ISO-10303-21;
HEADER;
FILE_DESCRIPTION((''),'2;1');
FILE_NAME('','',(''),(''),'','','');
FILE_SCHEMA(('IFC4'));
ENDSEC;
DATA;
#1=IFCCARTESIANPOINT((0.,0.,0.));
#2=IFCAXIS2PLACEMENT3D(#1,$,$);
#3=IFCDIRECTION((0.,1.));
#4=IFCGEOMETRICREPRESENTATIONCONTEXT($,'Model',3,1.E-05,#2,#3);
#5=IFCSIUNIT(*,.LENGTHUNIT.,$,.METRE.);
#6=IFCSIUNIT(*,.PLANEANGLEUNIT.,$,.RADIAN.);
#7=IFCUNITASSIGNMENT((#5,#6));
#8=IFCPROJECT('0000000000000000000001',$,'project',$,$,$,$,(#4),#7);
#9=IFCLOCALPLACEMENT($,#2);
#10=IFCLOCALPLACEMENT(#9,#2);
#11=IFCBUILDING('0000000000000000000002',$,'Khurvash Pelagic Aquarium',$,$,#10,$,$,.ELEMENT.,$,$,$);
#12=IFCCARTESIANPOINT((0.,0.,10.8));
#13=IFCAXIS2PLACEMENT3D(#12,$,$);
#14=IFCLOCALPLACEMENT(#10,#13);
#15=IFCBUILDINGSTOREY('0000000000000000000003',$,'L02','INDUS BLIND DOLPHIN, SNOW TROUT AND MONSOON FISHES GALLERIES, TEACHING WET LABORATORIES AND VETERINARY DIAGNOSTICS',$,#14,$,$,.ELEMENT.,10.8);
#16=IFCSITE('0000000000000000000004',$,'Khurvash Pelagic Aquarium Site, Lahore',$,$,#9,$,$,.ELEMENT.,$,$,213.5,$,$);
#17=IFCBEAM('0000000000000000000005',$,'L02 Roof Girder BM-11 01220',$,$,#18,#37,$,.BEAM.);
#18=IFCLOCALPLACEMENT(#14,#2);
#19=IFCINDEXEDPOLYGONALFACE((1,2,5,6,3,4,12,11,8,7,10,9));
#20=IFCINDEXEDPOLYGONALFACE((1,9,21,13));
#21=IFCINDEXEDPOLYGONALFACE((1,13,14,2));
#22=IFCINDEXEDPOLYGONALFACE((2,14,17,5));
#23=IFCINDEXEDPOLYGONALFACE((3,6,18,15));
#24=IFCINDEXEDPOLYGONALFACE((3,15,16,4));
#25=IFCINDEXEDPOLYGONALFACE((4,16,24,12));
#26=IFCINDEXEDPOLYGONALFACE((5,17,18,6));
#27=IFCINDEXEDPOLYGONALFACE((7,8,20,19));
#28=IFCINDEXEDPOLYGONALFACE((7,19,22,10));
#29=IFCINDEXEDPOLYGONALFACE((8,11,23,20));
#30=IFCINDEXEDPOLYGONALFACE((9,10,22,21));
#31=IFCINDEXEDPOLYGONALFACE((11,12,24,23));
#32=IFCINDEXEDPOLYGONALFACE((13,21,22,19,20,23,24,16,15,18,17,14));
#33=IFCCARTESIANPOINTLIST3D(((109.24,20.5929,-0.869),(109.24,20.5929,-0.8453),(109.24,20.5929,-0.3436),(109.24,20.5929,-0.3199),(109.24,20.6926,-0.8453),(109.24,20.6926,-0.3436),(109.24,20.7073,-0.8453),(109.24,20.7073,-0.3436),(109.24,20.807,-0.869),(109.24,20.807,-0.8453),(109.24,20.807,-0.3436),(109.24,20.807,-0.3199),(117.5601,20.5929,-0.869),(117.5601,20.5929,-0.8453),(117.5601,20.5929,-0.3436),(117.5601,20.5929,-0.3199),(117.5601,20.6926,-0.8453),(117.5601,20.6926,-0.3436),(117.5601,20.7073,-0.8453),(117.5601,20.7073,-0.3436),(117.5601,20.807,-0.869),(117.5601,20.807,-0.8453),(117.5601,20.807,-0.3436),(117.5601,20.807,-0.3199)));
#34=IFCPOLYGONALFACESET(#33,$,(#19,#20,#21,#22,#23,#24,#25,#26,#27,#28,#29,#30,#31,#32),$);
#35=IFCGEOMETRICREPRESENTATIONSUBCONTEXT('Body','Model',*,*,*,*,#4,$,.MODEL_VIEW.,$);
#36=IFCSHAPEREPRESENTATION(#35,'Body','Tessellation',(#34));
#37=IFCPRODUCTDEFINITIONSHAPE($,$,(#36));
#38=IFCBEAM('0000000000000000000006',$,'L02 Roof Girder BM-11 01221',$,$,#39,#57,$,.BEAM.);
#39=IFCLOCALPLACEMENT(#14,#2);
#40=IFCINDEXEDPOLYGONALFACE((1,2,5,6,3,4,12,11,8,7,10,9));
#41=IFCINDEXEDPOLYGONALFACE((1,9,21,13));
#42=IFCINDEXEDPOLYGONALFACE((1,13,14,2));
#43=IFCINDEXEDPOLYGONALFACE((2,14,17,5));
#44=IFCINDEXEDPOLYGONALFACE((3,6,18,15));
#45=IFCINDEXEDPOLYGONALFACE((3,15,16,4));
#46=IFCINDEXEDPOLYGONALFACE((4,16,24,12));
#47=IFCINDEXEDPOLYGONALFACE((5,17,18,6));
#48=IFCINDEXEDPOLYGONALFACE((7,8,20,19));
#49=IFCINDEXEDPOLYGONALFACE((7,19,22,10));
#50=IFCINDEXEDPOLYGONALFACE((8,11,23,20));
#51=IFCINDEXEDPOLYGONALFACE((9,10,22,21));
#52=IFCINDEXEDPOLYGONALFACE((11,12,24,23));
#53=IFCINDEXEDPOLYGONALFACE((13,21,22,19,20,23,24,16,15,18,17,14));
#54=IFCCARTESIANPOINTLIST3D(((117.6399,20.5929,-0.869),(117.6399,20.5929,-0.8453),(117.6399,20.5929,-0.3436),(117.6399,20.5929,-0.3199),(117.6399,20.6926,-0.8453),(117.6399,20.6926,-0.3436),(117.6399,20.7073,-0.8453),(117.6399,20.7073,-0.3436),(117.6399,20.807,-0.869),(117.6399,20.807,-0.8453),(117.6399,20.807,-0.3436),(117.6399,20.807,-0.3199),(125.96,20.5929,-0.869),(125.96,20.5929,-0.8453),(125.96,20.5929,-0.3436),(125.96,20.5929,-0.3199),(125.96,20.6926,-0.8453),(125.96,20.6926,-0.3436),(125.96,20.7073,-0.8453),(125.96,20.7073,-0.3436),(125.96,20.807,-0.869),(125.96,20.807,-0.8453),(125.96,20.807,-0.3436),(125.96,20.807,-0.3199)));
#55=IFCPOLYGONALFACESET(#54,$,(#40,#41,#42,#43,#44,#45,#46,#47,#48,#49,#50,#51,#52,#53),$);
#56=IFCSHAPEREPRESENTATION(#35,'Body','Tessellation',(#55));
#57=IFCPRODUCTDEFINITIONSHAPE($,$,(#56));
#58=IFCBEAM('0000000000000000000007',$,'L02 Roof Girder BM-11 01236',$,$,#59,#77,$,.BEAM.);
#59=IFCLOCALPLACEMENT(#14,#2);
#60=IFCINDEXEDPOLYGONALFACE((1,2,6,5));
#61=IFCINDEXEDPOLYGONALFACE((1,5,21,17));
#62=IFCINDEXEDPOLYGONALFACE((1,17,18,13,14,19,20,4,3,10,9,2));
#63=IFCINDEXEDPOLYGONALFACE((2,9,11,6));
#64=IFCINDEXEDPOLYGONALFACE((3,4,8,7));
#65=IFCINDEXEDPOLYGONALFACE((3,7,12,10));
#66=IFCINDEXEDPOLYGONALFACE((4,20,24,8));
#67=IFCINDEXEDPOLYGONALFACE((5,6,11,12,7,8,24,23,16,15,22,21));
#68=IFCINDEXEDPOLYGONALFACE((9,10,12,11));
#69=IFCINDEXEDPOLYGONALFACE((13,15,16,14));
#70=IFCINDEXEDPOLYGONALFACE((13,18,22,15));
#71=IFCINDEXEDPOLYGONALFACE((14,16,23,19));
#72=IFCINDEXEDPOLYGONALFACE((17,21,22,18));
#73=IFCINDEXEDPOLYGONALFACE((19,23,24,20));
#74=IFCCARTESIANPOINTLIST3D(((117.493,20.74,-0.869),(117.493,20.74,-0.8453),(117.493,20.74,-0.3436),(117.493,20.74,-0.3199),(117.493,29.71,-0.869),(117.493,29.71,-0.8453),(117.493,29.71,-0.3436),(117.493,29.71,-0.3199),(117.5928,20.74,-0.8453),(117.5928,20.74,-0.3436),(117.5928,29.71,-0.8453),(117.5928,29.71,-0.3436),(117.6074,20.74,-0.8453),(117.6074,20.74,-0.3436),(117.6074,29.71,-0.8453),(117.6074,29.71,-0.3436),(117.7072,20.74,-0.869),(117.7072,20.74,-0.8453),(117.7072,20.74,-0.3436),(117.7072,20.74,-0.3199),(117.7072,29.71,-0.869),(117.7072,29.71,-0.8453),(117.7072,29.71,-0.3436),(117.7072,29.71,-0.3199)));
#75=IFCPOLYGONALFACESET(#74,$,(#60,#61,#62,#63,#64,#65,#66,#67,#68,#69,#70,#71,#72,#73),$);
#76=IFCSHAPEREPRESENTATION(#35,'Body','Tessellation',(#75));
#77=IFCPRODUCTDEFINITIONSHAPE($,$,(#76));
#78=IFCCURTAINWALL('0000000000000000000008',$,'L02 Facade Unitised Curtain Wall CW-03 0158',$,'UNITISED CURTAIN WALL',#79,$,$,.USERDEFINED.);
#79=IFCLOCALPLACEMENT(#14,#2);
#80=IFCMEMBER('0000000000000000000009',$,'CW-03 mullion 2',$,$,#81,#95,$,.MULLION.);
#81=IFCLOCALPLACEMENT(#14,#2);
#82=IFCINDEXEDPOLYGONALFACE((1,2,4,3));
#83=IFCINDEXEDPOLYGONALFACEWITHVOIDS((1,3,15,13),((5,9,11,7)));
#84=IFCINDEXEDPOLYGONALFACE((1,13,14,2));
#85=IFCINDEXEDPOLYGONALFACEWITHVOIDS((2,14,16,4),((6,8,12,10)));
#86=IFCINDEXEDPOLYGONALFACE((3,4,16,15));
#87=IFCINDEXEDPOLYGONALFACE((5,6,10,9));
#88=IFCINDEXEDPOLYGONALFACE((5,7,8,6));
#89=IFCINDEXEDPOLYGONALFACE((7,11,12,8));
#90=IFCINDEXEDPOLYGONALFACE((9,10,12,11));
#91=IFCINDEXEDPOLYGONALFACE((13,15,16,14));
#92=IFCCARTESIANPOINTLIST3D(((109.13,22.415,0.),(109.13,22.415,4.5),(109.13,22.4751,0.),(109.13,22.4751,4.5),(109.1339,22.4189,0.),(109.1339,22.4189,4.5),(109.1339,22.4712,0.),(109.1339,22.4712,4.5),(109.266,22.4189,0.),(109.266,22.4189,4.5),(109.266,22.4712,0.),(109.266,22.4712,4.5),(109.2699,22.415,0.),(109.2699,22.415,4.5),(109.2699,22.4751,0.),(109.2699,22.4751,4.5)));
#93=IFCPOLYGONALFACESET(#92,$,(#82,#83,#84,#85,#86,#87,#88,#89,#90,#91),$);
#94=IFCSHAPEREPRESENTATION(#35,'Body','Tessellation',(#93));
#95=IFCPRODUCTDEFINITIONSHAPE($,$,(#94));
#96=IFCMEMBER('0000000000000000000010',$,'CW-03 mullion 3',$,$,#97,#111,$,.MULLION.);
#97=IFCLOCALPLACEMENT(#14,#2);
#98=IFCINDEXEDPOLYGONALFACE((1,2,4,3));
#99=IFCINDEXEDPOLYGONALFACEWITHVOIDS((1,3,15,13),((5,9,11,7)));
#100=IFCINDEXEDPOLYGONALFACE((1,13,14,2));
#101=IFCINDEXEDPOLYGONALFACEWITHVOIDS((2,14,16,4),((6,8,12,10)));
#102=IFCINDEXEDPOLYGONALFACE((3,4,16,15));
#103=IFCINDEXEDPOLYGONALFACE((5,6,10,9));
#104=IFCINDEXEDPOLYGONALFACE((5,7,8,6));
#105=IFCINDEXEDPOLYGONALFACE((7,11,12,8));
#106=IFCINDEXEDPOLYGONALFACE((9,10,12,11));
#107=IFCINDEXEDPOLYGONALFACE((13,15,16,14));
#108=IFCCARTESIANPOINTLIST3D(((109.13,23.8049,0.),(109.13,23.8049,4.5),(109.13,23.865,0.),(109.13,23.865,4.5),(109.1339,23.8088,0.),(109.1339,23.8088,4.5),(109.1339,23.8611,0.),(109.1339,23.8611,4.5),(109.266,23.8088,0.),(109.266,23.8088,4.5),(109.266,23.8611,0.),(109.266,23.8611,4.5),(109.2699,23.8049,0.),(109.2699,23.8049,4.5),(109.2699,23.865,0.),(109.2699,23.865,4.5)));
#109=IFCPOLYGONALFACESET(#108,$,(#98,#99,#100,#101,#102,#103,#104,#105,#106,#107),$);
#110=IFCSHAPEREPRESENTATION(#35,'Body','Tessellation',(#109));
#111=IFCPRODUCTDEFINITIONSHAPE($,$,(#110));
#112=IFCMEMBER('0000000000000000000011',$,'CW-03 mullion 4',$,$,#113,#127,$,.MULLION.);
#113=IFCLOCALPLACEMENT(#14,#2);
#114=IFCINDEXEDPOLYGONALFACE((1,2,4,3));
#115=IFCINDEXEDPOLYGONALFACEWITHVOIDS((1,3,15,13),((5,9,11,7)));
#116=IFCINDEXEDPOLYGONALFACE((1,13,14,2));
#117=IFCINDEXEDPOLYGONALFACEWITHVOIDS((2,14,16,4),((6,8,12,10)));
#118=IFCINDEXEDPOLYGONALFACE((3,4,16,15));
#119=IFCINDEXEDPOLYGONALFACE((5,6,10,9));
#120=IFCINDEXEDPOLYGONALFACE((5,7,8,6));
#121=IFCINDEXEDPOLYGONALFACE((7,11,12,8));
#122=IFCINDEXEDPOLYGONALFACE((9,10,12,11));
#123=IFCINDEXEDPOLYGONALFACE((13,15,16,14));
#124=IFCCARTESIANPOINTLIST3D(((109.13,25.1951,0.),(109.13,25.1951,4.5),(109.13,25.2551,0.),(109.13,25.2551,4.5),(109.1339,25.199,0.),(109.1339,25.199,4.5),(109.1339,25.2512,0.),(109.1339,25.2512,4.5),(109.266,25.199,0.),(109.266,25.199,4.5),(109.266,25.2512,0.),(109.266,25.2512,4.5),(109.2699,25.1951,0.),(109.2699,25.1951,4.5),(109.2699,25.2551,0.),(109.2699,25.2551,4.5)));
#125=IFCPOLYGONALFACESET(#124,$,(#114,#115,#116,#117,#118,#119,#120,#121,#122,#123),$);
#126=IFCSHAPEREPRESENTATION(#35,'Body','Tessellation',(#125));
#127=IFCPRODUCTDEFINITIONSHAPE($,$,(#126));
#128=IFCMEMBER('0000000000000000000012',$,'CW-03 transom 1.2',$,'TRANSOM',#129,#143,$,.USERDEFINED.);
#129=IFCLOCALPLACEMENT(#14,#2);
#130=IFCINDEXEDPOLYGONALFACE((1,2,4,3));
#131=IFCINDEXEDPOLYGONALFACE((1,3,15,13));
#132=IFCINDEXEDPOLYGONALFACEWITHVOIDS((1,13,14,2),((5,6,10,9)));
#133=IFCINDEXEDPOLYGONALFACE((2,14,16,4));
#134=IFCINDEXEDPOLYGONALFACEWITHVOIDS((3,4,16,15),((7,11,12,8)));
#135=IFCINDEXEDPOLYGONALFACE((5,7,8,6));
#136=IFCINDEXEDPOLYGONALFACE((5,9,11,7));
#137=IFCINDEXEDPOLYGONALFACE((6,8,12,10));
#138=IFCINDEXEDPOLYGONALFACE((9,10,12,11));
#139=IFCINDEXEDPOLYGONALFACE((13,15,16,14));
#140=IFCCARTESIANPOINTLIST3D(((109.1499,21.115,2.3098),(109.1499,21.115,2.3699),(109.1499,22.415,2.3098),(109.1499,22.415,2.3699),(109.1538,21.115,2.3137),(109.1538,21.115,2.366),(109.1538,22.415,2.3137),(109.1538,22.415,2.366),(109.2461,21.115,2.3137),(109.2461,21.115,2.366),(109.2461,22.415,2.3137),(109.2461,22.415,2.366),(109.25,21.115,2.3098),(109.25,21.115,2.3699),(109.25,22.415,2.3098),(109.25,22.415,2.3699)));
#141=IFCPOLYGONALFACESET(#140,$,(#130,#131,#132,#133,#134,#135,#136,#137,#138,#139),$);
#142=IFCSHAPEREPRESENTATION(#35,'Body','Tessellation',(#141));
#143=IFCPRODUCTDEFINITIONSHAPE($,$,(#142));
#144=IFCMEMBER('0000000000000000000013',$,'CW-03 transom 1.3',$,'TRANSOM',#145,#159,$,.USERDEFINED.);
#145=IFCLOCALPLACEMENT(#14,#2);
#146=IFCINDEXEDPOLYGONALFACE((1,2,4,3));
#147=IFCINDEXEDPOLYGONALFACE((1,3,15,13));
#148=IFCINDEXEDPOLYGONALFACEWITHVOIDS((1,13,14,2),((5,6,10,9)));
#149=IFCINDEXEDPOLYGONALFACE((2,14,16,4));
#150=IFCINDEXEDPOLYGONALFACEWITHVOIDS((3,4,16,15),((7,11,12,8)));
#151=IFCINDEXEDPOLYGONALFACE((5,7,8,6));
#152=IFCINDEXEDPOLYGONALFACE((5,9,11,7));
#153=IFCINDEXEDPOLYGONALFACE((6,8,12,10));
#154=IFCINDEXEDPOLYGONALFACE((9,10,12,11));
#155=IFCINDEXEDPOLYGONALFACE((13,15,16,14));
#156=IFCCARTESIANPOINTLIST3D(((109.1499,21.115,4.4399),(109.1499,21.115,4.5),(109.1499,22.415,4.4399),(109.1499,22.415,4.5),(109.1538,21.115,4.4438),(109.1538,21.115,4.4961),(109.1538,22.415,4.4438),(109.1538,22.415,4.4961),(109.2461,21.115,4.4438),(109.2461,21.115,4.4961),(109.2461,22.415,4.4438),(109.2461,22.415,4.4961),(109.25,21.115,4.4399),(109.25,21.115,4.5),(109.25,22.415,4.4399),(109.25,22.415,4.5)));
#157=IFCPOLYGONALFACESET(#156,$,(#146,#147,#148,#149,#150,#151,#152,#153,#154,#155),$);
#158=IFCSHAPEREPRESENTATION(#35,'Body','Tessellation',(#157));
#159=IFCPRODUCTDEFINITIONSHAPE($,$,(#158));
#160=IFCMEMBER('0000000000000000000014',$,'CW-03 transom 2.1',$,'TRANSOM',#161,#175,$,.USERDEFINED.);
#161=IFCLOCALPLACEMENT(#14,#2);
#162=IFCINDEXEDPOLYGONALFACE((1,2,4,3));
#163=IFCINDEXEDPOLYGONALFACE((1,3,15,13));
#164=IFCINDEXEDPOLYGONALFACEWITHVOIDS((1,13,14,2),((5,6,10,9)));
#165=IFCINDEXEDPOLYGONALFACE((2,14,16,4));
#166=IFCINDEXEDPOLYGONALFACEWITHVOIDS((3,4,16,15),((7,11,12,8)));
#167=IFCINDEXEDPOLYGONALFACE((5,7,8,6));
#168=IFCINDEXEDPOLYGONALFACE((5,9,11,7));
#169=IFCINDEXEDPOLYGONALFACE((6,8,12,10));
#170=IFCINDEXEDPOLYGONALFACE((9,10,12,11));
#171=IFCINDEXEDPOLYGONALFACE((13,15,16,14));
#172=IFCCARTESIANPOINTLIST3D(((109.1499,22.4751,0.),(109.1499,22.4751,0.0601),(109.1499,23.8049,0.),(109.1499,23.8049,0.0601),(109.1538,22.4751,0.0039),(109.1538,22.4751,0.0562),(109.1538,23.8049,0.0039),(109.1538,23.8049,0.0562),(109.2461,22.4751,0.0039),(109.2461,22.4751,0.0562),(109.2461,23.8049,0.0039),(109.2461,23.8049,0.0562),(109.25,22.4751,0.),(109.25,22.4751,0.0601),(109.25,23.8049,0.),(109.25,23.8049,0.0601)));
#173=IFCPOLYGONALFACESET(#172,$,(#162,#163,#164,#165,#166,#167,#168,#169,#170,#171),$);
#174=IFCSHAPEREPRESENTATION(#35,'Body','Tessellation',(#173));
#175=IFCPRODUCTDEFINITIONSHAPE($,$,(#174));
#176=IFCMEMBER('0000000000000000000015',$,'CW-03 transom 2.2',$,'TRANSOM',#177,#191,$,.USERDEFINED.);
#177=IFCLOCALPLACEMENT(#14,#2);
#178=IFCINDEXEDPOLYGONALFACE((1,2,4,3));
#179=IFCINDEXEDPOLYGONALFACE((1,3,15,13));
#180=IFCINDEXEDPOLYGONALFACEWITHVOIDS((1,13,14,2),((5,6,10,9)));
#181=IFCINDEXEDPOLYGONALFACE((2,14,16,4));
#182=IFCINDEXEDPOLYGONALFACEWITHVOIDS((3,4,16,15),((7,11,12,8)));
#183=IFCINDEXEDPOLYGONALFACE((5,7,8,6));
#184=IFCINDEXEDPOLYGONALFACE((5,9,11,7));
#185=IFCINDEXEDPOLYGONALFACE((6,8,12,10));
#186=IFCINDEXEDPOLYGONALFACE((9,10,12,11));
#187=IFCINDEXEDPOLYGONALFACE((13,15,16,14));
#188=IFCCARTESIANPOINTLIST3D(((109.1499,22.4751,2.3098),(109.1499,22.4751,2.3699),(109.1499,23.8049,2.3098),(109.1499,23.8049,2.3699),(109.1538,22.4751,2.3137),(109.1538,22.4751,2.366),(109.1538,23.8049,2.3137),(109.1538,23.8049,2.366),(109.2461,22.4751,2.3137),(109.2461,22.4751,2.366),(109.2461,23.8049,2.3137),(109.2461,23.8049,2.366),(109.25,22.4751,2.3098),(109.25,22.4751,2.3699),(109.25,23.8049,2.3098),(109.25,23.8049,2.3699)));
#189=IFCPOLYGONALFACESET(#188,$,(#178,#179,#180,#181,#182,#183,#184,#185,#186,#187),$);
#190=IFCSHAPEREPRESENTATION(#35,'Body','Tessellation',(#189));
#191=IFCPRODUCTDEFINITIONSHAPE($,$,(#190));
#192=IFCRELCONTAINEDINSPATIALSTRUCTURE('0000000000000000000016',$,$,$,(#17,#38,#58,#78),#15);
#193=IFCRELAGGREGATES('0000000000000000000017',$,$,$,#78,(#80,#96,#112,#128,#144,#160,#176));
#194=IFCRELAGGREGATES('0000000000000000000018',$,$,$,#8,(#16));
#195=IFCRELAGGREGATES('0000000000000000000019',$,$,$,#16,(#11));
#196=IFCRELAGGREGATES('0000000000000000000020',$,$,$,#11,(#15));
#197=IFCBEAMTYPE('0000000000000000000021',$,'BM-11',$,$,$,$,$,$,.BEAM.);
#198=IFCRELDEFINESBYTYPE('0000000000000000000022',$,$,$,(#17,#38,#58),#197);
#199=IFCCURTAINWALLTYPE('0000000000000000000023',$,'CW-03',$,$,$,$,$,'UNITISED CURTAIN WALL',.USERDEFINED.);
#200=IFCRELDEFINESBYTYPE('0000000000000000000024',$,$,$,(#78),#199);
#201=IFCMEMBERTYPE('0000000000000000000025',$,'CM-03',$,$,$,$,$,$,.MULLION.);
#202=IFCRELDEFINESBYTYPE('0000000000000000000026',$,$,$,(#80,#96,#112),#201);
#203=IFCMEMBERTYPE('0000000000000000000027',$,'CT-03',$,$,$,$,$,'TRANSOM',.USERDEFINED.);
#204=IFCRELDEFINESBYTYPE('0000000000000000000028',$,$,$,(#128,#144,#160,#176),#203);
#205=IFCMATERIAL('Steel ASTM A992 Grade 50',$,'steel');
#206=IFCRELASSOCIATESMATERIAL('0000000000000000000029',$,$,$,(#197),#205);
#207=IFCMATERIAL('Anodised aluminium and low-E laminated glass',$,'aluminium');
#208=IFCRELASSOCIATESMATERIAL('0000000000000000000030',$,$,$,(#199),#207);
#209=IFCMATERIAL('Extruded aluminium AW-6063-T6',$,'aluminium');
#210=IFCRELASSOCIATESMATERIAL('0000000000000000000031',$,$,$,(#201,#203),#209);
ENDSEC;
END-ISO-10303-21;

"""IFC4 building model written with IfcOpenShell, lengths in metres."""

from ifc_helpers import new_model, si_unit, direction, frame, origin, origin_2d, place, context, subcontext, project, spatial, hollow_rectangle, i_section, extrude, material, material_profile, profile_set, type_object, element, aggregate, save


model = new_model("IFC4")

# Units and contexts
model_context = context("Model", 3, precision=1e-05, world=origin(), true_north=direction((0.0, 1.0)))
body_context = subcontext(model_context, "Body", "Model", "MODEL_VIEW")
ifc_project = project(units=[si_unit("LENGTHUNIT", "METRE"), si_unit("PLANEANGLEUNIT", "RADIAN")], contexts=[model_context])

# Site, building, storey
site_placement = place(None, origin())
site = spatial("IfcSite", under=ifc_project, at=site_placement, Name="Khurvash Pelagic Aquarium Site, Lahore", CompositionType="ELEMENT", RefElevation=213.5)
building_placement = place(site_placement, origin())
building = spatial("IfcBuilding", under=site, at=building_placement, Name="Khurvash Pelagic Aquarium", CompositionType="ELEMENT")
storey_placement = place(building_placement, frame((0.0, 0.0, 10.8)))
storey = spatial("IfcBuildingStorey", under=building, at=storey_placement, Name="L02", Description="INDUS BLIND DOLPHIN, SNOW TROUT AND MONSOON FISHES GALLERIES, TEACHING WET LABORATORIES AND VETERINARY DIAGNOSTICS", CompositionType="ELEMENT", Elevation=10.8)

# Beams
ifc_material_1 = material(Name="Steel ASTM A992 Grade 50", Category="steel")
ifc_material_profile_1 = material_profile(ifc_material_1, i_section(OverallWidth=0.2141, OverallDepth=0.5491, WebThickness=0.0146, FlangeThickness=0.0237, at=origin_2d()), Name="W21X93")
ifc_profile_set_1 = profile_set([ifc_material_profile_1], Name="Steel ASTM A992 Grade 50")
beam_type = type_object("IfcBeamType", Name="BM-11", PredefinedType="BEAM", material=ifc_profile_set_1)
for number, where, z_axis, x_axis, name in (
    (1, (109.24, 20.7, -0.5945), (1.0, 0.0, 0.0), (0.0, 1.0, 0.0), "L02 Roof Girder BM-11 01220"),
    (2, (117.6399, 20.7, -0.5945), (1.0, 0.0, 0.0), (0.0, 1.0, 0.0), "L02 Roof Girder BM-11 01221"),
):
    element("IfcBeam", number, at=place(storey_placement, frame(where, z_axis=z_axis, x_axis=x_axis)), inside=storey, type_object=beam_type, Name=name, PredefinedType="BEAM", context=body_context, shape_type="SweptSolid", body=[
        extrude(i_section(OverallWidth=0.2141, OverallDepth=0.5491, WebThickness=0.0146, FlangeThickness=0.0237, at=origin_2d()), origin(), (0.0, 0.0, 1.0), 8.3201),
    ])
beam_placement = place(storey_placement, frame((117.6001, 20.74, -0.5945), z_axis=(0.0, 1.0, 0.0), x_axis=(-1.0, 0.0, 0.0)))
element("IfcBeam", 3, at=beam_placement, inside=storey, type_object=beam_type, Name="L02 Roof Girder BM-11 01236", PredefinedType="BEAM", context=body_context, shape_type="SweptSolid", body=[
    extrude(i_section(OverallWidth=0.2141, OverallDepth=0.5491, WebThickness=0.0146, FlangeThickness=0.0237, at=origin_2d()), origin(), (0.0, 0.0, 1.0), 8.97),
])

# Curtain wall, members
ifc_material_2 = material(Name="Anodised aluminium and low-E laminated glass", Category="aluminium")
curtain_wall_type = type_object("IfcCurtainWallType", Name="CW-03", ElementType="UNITISED CURTAIN WALL", PredefinedType="USERDEFINED", material=ifc_material_2)
curtain_wall_placement = place(storey_placement, origin())
curtain_wall = element("IfcCurtainWall", 4, at=curtain_wall_placement, inside=storey, type_object=curtain_wall_type, Name="L02 Facade Unitised Curtain Wall CW-03 0158", ObjectType="UNITISED CURTAIN WALL", PredefinedType="USERDEFINED")
ifc_material_3 = material(Name="Extruded aluminium AW-6063-T6", Category="aluminium")
ifc_material_profile_2 = material_profile(ifc_material_3, hollow_rectangle(XDim=0.0601, YDim=0.1399, WallThickness=0.0039, at=origin_2d()), Name="CWM60X140X4")
ifc_profile_set_2 = profile_set([ifc_material_profile_2], Name="Extruded aluminium AW-6063-T6")
member_type_1 = type_object("IfcMemberType", Name="CM-03", PredefinedType="MULLION", material=ifc_profile_set_2)
member_1_placement = place(storey_placement, frame((109.2, 22.4451, 0.0), z_axis=(0.0, 0.0, 1.0), x_axis=(0.0, 1.0, 0.0)))
member_1 = element("IfcMember", 5, at=member_1_placement, type_object=member_type_1, Name="CW-03 mullion 2", PredefinedType="MULLION", context=body_context, shape_type="SweptSolid", body=[
    extrude(hollow_rectangle(XDim=0.0601, YDim=0.1399, WallThickness=0.0039, at=origin_2d()), origin(), (0.0, 0.0, 1.0), 4.5),
])
member_2_placement = place(storey_placement, frame((109.2, 23.835, 0.0), z_axis=(0.0, 0.0, 1.0), x_axis=(0.0, 1.0, 0.0)))
member_2 = element("IfcMember", 6, at=member_2_placement, type_object=member_type_1, Name="CW-03 mullion 3", PredefinedType="MULLION", context=body_context, shape_type="SweptSolid", body=[
    extrude(hollow_rectangle(XDim=0.0601, YDim=0.1399, WallThickness=0.0039, at=origin_2d()), origin(), (0.0, 0.0, 1.0), 4.5),
])
member_3_placement = place(storey_placement, frame((109.2, 25.2251, 0.0), z_axis=(0.0, 0.0, 1.0), x_axis=(0.0, 1.0, 0.0)))
member_3 = element("IfcMember", 7, at=member_3_placement, type_object=member_type_1, Name="CW-03 mullion 4", PredefinedType="MULLION", context=body_context, shape_type="SweptSolid", body=[
    extrude(hollow_rectangle(XDim=0.0601, YDim=0.1399, WallThickness=0.0039, at=origin_2d()), origin(), (0.0, 0.0, 1.0), 4.5),
])
ifc_material_profile_3 = material_profile(ifc_material_3, hollow_rectangle(XDim=0.1001, YDim=0.0601, WallThickness=0.0039, at=origin_2d()), Name="CWT100X60X4")
ifc_profile_set_3 = profile_set([ifc_material_profile_3], Name="Extruded aluminium AW-6063-T6")
member_type_2 = type_object("IfcMemberType", Name="CT-03", ElementType="TRANSOM", PredefinedType="USERDEFINED", material=ifc_profile_set_3)
member_4_placement = place(storey_placement, frame((109.2, 21.115, 2.3398), z_axis=(0.0, 1.0, 0.0), x_axis=(-1.0, 0.0, 0.0)))
member_4 = element("IfcMember", 8, at=member_4_placement, type_object=member_type_2, Name="CW-03 transom 1.2", ObjectType="TRANSOM", PredefinedType="USERDEFINED", context=body_context, shape_type="SweptSolid", body=[
    extrude(hollow_rectangle(XDim=0.1001, YDim=0.0601, WallThickness=0.0039, at=origin_2d()), origin(), (0.0, 0.0, 1.0), 1.3),
])
member_5_placement = place(storey_placement, frame((109.2, 21.115, 4.47), z_axis=(0.0, 1.0, 0.0), x_axis=(-1.0, 0.0, 0.0)))
member_5 = element("IfcMember", 9, at=member_5_placement, type_object=member_type_2, Name="CW-03 transom 1.3", ObjectType="TRANSOM", PredefinedType="USERDEFINED", context=body_context, shape_type="SweptSolid", body=[
    extrude(hollow_rectangle(XDim=0.1001, YDim=0.0601, WallThickness=0.0039, at=origin_2d()), origin(), (0.0, 0.0, 1.0), 1.3),
])
member_6_placement = place(storey_placement, frame((109.2, 22.4751, 0.03), z_axis=(0.0, 1.0, 0.0), x_axis=(-1.0, 0.0, 0.0)))
member_6 = element("IfcMember", 10, at=member_6_placement, type_object=member_type_2, Name="CW-03 transom 2.1", ObjectType="TRANSOM", PredefinedType="USERDEFINED", context=body_context, shape_type="SweptSolid", body=[
    extrude(hollow_rectangle(XDim=0.1001, YDim=0.0601, WallThickness=0.0039, at=origin_2d()), origin(), (0.0, 0.0, 1.0), 1.3298),
])
member_7_placement = place(storey_placement, frame((109.2, 22.4751, 2.3398), z_axis=(0.0, 1.0, 0.0), x_axis=(-1.0, 0.0, 0.0)))
member_7 = element("IfcMember", 11, at=member_7_placement, type_object=member_type_2, Name="CW-03 transom 2.2", ObjectType="TRANSOM", PredefinedType="USERDEFINED", context=body_context, shape_type="SweptSolid", body=[
    extrude(hollow_rectangle(XDim=0.1001, YDim=0.0601, WallThickness=0.0039, at=origin_2d()), origin(), (0.0, 0.0, 1.0), 1.3298),
])
aggregate(curtain_wall, [member_1, member_2, member_3, member_4, member_5, member_6, member_7])

save(model, "model.ifc")
